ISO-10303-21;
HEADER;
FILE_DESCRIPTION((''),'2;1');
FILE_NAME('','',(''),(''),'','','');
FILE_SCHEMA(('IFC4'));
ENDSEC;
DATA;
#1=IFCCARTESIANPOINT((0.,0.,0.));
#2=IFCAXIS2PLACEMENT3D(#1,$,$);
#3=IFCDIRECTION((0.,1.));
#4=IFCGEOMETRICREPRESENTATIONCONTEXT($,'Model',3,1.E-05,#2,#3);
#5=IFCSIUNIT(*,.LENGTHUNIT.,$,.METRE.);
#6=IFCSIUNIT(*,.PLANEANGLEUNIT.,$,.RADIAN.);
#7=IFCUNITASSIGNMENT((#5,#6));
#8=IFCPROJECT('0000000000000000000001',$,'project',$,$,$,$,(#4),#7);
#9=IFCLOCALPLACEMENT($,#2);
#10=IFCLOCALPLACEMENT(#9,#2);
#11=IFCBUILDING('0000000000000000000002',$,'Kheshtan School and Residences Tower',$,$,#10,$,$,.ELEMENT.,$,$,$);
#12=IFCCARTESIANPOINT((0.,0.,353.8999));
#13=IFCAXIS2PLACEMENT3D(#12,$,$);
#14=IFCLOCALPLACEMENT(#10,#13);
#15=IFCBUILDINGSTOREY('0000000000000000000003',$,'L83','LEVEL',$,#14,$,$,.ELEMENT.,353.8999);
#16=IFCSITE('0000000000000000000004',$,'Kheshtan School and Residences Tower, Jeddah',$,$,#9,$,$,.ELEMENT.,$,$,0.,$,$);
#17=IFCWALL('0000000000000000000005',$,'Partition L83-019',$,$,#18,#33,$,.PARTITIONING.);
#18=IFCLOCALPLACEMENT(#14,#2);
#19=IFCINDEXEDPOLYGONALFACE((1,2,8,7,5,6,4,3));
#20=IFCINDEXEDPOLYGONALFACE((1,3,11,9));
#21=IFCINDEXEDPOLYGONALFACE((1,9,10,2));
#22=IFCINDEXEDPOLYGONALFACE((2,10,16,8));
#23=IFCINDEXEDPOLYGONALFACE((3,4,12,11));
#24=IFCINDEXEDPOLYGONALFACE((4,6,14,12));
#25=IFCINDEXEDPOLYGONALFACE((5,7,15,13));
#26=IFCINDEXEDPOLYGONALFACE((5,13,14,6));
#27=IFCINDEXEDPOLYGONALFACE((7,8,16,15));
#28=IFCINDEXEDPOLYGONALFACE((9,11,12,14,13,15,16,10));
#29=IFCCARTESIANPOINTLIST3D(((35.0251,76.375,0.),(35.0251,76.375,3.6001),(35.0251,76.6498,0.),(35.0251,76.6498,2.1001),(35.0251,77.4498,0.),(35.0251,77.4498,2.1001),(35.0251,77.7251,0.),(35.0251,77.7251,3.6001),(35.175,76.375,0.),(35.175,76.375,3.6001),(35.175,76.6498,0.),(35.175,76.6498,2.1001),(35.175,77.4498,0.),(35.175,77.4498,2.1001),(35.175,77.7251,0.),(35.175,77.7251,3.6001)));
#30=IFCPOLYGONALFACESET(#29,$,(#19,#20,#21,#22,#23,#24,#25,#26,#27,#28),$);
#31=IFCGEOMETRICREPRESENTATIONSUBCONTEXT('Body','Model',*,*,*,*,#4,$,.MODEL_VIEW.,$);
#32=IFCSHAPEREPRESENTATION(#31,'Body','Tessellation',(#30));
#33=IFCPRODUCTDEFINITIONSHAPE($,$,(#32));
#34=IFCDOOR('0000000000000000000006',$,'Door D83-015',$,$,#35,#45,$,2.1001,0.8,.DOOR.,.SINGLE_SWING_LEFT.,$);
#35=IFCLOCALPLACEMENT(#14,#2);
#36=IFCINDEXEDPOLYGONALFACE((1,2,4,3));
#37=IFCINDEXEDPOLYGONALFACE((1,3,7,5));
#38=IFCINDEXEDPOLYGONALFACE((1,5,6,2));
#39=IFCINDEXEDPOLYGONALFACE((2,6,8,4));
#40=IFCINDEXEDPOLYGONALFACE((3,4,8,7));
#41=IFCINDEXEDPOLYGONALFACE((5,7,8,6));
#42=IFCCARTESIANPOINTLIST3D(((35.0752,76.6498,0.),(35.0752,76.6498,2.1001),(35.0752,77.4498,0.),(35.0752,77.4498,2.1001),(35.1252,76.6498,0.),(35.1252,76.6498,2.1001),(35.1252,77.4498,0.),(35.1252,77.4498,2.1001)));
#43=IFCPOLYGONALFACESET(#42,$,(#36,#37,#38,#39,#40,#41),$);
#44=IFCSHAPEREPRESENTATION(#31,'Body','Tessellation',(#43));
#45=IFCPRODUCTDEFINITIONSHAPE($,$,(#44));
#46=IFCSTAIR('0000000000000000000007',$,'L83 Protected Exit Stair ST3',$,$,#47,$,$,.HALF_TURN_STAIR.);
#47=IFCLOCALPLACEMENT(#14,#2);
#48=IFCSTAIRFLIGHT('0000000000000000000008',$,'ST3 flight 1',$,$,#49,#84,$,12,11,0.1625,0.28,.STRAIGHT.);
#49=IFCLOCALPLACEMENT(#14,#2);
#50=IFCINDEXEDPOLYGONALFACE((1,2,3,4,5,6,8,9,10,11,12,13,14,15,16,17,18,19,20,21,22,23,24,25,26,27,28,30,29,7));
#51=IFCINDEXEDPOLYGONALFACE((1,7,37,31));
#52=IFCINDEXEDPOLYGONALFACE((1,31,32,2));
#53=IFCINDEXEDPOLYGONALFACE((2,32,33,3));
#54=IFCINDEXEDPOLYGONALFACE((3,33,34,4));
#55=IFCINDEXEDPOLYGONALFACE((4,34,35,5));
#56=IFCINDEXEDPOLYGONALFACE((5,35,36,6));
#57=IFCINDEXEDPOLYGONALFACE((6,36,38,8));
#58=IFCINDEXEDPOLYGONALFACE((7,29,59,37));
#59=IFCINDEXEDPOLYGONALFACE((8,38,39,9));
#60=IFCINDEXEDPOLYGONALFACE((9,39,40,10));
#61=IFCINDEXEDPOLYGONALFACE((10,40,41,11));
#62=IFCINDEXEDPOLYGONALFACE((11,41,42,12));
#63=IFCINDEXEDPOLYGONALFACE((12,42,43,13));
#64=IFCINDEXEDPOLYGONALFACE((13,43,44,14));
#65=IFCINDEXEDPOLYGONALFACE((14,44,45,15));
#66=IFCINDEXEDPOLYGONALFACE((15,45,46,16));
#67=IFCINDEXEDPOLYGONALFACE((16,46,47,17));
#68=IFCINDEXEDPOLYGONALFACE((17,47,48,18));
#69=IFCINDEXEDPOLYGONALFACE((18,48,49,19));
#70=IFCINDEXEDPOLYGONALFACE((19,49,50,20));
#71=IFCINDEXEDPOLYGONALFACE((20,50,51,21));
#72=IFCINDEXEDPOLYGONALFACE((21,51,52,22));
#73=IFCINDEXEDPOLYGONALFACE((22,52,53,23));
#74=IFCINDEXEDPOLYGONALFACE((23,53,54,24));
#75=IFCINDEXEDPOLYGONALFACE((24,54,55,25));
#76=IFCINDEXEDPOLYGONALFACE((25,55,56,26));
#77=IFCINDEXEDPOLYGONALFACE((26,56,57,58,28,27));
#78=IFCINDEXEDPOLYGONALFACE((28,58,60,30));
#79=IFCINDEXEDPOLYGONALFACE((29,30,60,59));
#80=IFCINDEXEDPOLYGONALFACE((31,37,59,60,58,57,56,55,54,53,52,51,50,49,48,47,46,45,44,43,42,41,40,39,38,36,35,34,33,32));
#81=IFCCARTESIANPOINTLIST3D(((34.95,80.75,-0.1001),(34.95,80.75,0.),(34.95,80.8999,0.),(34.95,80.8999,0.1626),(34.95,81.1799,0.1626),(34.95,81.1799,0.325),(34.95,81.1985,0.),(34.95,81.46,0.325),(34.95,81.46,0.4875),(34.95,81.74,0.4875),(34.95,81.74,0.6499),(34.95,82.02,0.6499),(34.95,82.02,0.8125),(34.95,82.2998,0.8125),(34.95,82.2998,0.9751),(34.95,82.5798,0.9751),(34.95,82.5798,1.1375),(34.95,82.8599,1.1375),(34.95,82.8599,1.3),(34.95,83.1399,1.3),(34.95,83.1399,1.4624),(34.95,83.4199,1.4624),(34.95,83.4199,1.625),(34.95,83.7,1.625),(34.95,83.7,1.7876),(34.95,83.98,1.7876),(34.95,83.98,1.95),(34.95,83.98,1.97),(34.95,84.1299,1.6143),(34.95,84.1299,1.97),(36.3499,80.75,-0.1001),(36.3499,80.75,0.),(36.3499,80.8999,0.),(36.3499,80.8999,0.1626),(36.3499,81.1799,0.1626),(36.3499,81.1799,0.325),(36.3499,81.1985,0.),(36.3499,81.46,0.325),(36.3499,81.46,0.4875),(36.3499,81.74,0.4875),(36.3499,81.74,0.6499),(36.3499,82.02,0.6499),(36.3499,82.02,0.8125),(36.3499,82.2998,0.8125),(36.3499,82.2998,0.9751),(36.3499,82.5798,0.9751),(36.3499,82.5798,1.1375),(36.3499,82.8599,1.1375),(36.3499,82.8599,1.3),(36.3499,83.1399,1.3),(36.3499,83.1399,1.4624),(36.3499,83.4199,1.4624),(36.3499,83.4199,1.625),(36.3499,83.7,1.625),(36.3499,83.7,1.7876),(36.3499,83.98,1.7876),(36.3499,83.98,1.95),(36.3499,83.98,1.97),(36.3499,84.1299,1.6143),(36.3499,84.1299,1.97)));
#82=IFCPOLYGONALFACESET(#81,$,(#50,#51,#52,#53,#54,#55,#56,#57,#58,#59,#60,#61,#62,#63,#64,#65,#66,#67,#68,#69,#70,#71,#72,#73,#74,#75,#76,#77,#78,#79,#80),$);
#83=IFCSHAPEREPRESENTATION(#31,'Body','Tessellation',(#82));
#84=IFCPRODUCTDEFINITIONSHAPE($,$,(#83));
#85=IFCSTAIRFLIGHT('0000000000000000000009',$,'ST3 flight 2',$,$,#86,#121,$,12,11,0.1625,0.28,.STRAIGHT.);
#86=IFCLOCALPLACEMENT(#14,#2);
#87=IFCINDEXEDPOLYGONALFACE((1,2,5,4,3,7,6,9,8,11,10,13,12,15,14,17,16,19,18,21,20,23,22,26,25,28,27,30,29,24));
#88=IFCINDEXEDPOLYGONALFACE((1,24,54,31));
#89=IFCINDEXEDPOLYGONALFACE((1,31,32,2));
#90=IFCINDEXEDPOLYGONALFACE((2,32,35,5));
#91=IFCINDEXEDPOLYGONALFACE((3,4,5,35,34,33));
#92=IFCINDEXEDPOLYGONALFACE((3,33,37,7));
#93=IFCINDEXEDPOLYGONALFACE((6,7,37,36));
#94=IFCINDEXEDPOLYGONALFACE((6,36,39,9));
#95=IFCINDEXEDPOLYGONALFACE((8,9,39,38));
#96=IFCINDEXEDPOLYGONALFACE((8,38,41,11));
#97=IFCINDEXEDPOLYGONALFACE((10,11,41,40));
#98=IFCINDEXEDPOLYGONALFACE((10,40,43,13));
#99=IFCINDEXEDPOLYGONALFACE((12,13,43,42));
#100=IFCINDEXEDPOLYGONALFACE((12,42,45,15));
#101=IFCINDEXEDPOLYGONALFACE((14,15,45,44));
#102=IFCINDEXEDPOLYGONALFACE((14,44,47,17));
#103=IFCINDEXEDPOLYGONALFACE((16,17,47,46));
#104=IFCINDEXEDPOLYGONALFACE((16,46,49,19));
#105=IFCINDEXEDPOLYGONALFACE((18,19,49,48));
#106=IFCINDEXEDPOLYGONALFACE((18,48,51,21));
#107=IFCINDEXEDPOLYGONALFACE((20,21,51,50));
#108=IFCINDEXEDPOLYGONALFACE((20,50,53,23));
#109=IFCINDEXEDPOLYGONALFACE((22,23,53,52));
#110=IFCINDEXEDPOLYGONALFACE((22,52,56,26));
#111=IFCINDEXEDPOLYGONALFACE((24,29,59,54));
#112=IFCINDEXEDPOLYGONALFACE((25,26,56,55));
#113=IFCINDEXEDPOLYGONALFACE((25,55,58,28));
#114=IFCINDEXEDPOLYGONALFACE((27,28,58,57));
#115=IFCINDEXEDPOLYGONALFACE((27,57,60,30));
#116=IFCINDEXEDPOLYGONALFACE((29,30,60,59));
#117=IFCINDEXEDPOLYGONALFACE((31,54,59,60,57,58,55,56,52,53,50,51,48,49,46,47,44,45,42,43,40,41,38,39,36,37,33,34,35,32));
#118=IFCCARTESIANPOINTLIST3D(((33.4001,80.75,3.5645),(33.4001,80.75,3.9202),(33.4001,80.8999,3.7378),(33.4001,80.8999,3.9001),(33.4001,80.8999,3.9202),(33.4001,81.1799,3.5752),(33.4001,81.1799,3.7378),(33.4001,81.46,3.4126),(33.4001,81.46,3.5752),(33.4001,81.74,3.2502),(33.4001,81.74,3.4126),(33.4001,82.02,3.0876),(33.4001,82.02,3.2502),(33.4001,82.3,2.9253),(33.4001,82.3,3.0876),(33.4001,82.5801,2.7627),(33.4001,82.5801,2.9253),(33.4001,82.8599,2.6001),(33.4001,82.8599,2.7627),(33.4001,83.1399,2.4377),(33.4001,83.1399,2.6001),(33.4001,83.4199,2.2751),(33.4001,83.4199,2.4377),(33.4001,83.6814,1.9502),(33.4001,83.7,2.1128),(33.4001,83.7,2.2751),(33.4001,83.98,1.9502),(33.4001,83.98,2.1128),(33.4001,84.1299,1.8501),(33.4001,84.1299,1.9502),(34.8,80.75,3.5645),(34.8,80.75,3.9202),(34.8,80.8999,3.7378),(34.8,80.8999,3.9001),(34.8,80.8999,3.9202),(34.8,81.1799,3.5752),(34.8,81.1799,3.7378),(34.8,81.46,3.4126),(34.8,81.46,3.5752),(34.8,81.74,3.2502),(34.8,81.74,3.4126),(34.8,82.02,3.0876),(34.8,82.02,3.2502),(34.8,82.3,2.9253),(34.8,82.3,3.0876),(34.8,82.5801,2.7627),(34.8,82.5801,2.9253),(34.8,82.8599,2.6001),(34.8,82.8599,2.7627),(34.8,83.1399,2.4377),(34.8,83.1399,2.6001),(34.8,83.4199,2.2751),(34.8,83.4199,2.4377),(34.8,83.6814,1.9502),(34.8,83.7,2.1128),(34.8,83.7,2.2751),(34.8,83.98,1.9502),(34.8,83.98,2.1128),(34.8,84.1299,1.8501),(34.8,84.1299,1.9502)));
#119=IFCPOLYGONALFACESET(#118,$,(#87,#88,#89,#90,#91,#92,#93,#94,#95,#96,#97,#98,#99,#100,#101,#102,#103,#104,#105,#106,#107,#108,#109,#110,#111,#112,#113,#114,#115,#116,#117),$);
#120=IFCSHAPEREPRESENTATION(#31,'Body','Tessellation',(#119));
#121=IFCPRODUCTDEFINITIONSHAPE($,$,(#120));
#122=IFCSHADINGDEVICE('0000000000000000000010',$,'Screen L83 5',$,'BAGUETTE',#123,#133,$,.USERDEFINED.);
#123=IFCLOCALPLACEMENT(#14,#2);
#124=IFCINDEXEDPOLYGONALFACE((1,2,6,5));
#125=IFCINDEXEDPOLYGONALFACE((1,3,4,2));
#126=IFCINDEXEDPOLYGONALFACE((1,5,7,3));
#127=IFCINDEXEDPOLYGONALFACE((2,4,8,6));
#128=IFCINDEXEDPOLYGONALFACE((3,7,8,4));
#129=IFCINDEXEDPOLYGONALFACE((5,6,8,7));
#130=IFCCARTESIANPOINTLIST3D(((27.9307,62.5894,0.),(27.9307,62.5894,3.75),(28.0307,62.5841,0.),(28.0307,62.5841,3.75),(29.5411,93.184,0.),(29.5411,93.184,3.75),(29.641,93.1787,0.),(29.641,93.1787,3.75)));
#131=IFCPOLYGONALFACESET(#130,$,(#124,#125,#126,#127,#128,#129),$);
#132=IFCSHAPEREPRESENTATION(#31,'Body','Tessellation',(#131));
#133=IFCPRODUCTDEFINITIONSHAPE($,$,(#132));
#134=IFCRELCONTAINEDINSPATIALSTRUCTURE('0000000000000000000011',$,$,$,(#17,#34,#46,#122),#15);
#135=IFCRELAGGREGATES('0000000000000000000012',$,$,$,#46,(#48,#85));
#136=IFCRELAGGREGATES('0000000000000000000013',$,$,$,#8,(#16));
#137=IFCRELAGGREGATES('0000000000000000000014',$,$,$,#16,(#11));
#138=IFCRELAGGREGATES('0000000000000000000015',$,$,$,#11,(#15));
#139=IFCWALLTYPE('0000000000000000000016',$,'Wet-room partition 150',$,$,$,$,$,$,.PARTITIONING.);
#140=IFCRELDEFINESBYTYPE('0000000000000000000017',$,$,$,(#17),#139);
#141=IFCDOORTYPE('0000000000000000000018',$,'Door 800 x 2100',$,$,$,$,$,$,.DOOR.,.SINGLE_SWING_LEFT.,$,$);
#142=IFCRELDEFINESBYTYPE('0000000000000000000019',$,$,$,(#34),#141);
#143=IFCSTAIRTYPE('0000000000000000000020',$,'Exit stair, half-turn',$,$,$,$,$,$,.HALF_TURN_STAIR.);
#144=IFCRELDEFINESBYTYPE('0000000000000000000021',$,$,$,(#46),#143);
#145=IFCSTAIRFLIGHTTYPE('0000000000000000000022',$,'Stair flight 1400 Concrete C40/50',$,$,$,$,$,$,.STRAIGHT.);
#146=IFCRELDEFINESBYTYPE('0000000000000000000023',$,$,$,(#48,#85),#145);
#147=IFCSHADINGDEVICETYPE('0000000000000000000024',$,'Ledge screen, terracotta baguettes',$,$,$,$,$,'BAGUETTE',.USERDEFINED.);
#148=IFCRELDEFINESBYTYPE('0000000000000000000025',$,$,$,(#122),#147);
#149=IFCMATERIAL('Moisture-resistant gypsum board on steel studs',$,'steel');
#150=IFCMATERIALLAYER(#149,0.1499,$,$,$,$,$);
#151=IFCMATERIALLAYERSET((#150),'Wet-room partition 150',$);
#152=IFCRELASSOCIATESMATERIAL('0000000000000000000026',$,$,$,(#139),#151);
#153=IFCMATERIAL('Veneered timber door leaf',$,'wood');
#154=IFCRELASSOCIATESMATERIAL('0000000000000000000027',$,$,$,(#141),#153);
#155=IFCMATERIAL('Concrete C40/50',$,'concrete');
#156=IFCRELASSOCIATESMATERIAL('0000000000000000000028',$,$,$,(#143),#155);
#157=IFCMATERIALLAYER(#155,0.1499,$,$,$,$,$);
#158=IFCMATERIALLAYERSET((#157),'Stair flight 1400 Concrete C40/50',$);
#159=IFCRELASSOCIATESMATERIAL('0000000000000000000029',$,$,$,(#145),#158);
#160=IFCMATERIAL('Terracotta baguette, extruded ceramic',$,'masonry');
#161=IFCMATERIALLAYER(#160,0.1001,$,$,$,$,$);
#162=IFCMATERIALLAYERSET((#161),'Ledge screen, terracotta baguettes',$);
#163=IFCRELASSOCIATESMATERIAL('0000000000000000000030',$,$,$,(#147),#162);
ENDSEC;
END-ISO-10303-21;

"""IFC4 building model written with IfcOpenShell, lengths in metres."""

from ifc_helpers import new_model, si_unit, direction, frame, frame_2d, origin, origin_2d, place, context, subcontext, project, spatial, polyline, rectangle, outline, extrude, source, transform, mapped, material, layer, layer_set, type_object, element, fill, aggregate, save


model = new_model("IFC4")

# Units and contexts
model_context = context("Model", 3, precision=1e-05, world=origin(), true_north=direction((0.0, 1.0)))
body_context = subcontext(model_context, "Body", "Model", "MODEL_VIEW")
ifc_project = project(units=[si_unit("LENGTHUNIT", "METRE"), si_unit("PLANEANGLEUNIT", "RADIAN")], contexts=[model_context])

# Site, building, storey
site_placement = place(None, origin())
site = spatial("IfcSite", under=ifc_project, at=site_placement, Name="Kheshtan School and Residences Tower, Jeddah", CompositionType="ELEMENT", RefElevation=0.0)
building_placement = place(site_placement, origin())
building = spatial("IfcBuilding", under=site, at=building_placement, Name="Kheshtan School and Residences Tower", CompositionType="ELEMENT")
storey_placement = place(building_placement, frame((0.0, 0.0, 353.8999)))
storey = spatial("IfcBuildingStorey", under=building, at=storey_placement, Name="L83", Description="LEVEL", CompositionType="ELEMENT", Elevation=353.8999)

# Shared definitions
ifc_material_1 = material(Name="Concrete C40/50", Category="concrete")

# Shared definitions
ifc_material_2 = material(Name="Moisture-resistant gypsum board on steel studs", Category="steel")
ifc_layer_1 = layer(ifc_material_2, 0.1499)
ifc_layer_set_1 = layer_set([ifc_layer_1], Name="Wet-room partition 150")
wall_type_1 = type_object("IfcWallType", Name="Wet-room partition 150", PredefinedType="PARTITIONING", material=ifc_layer_set_1)

# Wall, opening, door
wall_1_placement = place(storey_placement, frame((35.1001, 76.375, 0.0), z_axis=(0.0, 0.0, 1.0), x_axis=(0.0, 1.0, 0.0)))
wall_1 = element("IfcWall", 1, at=wall_1_placement, inside=storey, type_object=wall_type_1, Name="Partition L83-019", PredefinedType="PARTITIONING", context=body_context, shape_type="SweptSolid", body=[
    extrude(rectangle(XDim=1.3501, YDim=0.1499, at=frame_2d((0.675, 0.0))), origin(), (0.0, 0.0, 1.0), 3.6001),
])
opening_1_placement = place(wall_1_placement, frame((0.2749, 0.0, 0.0)))
opening_1 = element("IfcOpeningElement", 2, at=opening_1_placement, cuts=wall_1, PredefinedType="OPENING", context=body_context, shape_type="SweptSolid", body=[
    extrude(rectangle(XDim=0.8, YDim=2.1001, at=frame_2d((0.3999, 1.05))), frame((0.0, 0.085, 0.0), z_axis=(0.0, -1.0, 0.0), x_axis=(1.0, 0.0, 0.0)), (0.0, 0.0, 1.0), 0.1699),
])
ifc_material_3 = material(Name="Veneered timber door leaf", Category="wood")
door_type_1 = type_object("IfcDoorType", Name="Door 800 x 2100", OperationType="SINGLE_SWING_LEFT", PredefinedType="DOOR", material=ifc_material_3)
shared_shape_1 = source(origin(), body_context, "Body", "SweptSolid", [
    extrude(rectangle(XDim=0.8, YDim=2.1001, at=frame_2d((0.3999, 1.05))), frame((0.0, 0.0249, 0.0), z_axis=(0.0, -1.0, 0.0), x_axis=(1.0, 0.0, 0.0)), (0.0, 0.0, 1.0), 0.05),
])
door_1_placement = place(opening_1_placement, origin())
door_1 = element("IfcDoor", 3, at=door_1_placement, inside=storey, type_object=door_type_1, Name="Door D83-015", OperationType="SINGLE_SWING_LEFT", OverallHeight=2.1001, OverallWidth=0.8, PredefinedType="DOOR", context=body_context, shape_type="MappedRepresentation", body=[
    mapped(shared_shape_1, transform((0.0, 0.0, 0.0), x_axis=(1.0, 0.0, 0.0), y_axis=(0.0, 1.0, 0.0), z_axis=(0.0, 0.0, 1.0), scale=1.0)),
])
fill(opening_1, door_1)

# Stair, stair flights
stair_type = type_object("IfcStairType", Name="Exit stair, half-turn", PredefinedType="HALF_TURN_STAIR", material=ifc_material_1)
stair_placement = place(storey_placement, origin())
stair = element("IfcStair", 4, at=stair_placement, inside=storey, type_object=stair_type, Name="L83 Protected Exit Stair ST3", PredefinedType="HALF_TURN_STAIR")
ifc_layer_2 = layer(ifc_material_1, 0.1499)
ifc_layer_set_2 = layer_set([ifc_layer_2], Name="Stair flight 1400 Concrete C40/50")
stair_flight_type = type_object("IfcStairFlightType", Name="Stair flight 1400 Concrete C40/50", PredefinedType="STRAIGHT", material=ifc_layer_set_2)
stair_flight_1_placement = place(storey_placement, frame((35.6499, 80.8999, 0.0), z_axis=(0.0, 0.0, 1.0), x_axis=(0.0, 1.0, 0.0)))
stair_flight_1 = element("IfcStairFlight", 5, at=stair_flight_1_placement, type_object=stair_flight_type, Name="ST3 flight 1", NumberOfRisers=12, NumberOfTreads=11, PredefinedType="STRAIGHT", RiserHeight=0.1625, TreadLength=0.28, context=body_context, shape_type="SweptSolid", body=[
    extrude(outline(polyline([(-0.1499, -0.1001), (-0.1499, 0.0), (0.0, 0.0), (0.0, 0.1626), (0.28, 0.1626), (0.28, 0.325), (0.5601, 0.325), (0.5601, 0.4875), (0.8401, 0.4875), (0.8401, 0.6499), (1.1201, 0.6499), (1.1201, 0.8125), (1.3999, 0.8125), (1.3999, 0.9751), (1.6799, 0.9751), (1.6799, 1.1375), (1.96, 1.1375), (1.96, 1.3), (2.24, 1.3), (2.24, 1.4624), (2.52, 1.4624), (2.52, 1.625), (2.8, 1.625), (2.8, 1.7876), (3.0801, 1.7876), (3.0801, 1.95), (3.0801, 1.97), (3.23, 1.97), (3.23, 1.6143), (0.2986, 0.0), (-0.1499, -0.1001)])), frame((0.0, 0.7, 0.0), z_axis=(0.0, -1.0, 0.0), x_axis=(1.0, 0.0, 0.0)), (0.0, 0.0, 1.0), 1.3999),
])
stair_flight_2_placement = place(storey_placement, frame((34.1001, 83.98, 1.9502), z_axis=(0.0, 0.0, 1.0), x_axis=(0.0, -1.0, 0.0)))
stair_flight_2 = element("IfcStairFlight", 6, at=stair_flight_2_placement, type_object=stair_flight_type, Name="ST3 flight 2", NumberOfRisers=12, NumberOfTreads=11, PredefinedType="STRAIGHT", RiserHeight=0.1625, TreadLength=0.28, context=body_context, shape_type="SweptSolid", body=[
    extrude(outline(polyline([(-0.1499, -0.1001), (-0.1499, 0.0), (0.0, 0.0), (0.0, 0.1626), (0.28, 0.1626), (0.28, 0.325), (0.5601, 0.325), (0.5601, 0.4875), (0.8401, 0.4875), (0.8401, 0.6499), (1.1201, 0.6499), (1.1201, 0.8125), (1.3999, 0.8125), (1.3999, 0.9751), (1.6799, 0.9751), (1.6799, 1.1375), (1.96, 1.1375), (1.96, 1.3), (2.24, 1.3), (2.24, 1.4624), (2.52, 1.4624), (2.52, 1.625), (2.8, 1.625), (2.8, 1.7876), (3.0801, 1.7876), (3.0801, 1.95), (3.0801, 1.97), (3.23, 1.97), (3.23, 1.6143), (0.2986, 0.0), (-0.1499, -0.1001)])), frame((0.0, 0.7, 0.0), z_axis=(0.0, -1.0, 0.0), x_axis=(1.0, 0.0, 0.0)), (0.0, 0.0, 1.0), 1.3999),
])
aggregate(stair, [stair_flight_1, stair_flight_2])

# Shading device
ifc_material_4 = material(Name="Terracotta baguette, extruded ceramic", Category="masonry")
ifc_layer_3 = layer(ifc_material_4, 0.1001)
ifc_layer_set_3 = layer_set([ifc_layer_3], Name="Ledge screen, terracotta baguettes")
shading_device_type = type_object("IfcShadingDeviceType", Name="Ledge screen, terracotta baguettes", ElementType="BAGUETTE", PredefinedType="USERDEFINED", material=ifc_layer_set_3)
shading_device_placement = place(storey_placement, frame((28.7859, 77.884, 0.0), z_axis=(0.0, 0.0, 1.0), x_axis=(0.052563, 0.998618, 0.0)))
element("IfcShadingDevice", 7, at=shading_device_placement, inside=storey, type_object=shading_device_type, Name="Screen L83 5", ObjectType="BAGUETTE", PredefinedType="USERDEFINED", context=body_context, shape_type="SweptSolid", body=[
    extrude(rectangle(XDim=30.637, YDim=0.1001, at=origin_2d()), origin(), (0.0, 0.0, 1.0), 3.75),
])

save(model, "model.ifc")
